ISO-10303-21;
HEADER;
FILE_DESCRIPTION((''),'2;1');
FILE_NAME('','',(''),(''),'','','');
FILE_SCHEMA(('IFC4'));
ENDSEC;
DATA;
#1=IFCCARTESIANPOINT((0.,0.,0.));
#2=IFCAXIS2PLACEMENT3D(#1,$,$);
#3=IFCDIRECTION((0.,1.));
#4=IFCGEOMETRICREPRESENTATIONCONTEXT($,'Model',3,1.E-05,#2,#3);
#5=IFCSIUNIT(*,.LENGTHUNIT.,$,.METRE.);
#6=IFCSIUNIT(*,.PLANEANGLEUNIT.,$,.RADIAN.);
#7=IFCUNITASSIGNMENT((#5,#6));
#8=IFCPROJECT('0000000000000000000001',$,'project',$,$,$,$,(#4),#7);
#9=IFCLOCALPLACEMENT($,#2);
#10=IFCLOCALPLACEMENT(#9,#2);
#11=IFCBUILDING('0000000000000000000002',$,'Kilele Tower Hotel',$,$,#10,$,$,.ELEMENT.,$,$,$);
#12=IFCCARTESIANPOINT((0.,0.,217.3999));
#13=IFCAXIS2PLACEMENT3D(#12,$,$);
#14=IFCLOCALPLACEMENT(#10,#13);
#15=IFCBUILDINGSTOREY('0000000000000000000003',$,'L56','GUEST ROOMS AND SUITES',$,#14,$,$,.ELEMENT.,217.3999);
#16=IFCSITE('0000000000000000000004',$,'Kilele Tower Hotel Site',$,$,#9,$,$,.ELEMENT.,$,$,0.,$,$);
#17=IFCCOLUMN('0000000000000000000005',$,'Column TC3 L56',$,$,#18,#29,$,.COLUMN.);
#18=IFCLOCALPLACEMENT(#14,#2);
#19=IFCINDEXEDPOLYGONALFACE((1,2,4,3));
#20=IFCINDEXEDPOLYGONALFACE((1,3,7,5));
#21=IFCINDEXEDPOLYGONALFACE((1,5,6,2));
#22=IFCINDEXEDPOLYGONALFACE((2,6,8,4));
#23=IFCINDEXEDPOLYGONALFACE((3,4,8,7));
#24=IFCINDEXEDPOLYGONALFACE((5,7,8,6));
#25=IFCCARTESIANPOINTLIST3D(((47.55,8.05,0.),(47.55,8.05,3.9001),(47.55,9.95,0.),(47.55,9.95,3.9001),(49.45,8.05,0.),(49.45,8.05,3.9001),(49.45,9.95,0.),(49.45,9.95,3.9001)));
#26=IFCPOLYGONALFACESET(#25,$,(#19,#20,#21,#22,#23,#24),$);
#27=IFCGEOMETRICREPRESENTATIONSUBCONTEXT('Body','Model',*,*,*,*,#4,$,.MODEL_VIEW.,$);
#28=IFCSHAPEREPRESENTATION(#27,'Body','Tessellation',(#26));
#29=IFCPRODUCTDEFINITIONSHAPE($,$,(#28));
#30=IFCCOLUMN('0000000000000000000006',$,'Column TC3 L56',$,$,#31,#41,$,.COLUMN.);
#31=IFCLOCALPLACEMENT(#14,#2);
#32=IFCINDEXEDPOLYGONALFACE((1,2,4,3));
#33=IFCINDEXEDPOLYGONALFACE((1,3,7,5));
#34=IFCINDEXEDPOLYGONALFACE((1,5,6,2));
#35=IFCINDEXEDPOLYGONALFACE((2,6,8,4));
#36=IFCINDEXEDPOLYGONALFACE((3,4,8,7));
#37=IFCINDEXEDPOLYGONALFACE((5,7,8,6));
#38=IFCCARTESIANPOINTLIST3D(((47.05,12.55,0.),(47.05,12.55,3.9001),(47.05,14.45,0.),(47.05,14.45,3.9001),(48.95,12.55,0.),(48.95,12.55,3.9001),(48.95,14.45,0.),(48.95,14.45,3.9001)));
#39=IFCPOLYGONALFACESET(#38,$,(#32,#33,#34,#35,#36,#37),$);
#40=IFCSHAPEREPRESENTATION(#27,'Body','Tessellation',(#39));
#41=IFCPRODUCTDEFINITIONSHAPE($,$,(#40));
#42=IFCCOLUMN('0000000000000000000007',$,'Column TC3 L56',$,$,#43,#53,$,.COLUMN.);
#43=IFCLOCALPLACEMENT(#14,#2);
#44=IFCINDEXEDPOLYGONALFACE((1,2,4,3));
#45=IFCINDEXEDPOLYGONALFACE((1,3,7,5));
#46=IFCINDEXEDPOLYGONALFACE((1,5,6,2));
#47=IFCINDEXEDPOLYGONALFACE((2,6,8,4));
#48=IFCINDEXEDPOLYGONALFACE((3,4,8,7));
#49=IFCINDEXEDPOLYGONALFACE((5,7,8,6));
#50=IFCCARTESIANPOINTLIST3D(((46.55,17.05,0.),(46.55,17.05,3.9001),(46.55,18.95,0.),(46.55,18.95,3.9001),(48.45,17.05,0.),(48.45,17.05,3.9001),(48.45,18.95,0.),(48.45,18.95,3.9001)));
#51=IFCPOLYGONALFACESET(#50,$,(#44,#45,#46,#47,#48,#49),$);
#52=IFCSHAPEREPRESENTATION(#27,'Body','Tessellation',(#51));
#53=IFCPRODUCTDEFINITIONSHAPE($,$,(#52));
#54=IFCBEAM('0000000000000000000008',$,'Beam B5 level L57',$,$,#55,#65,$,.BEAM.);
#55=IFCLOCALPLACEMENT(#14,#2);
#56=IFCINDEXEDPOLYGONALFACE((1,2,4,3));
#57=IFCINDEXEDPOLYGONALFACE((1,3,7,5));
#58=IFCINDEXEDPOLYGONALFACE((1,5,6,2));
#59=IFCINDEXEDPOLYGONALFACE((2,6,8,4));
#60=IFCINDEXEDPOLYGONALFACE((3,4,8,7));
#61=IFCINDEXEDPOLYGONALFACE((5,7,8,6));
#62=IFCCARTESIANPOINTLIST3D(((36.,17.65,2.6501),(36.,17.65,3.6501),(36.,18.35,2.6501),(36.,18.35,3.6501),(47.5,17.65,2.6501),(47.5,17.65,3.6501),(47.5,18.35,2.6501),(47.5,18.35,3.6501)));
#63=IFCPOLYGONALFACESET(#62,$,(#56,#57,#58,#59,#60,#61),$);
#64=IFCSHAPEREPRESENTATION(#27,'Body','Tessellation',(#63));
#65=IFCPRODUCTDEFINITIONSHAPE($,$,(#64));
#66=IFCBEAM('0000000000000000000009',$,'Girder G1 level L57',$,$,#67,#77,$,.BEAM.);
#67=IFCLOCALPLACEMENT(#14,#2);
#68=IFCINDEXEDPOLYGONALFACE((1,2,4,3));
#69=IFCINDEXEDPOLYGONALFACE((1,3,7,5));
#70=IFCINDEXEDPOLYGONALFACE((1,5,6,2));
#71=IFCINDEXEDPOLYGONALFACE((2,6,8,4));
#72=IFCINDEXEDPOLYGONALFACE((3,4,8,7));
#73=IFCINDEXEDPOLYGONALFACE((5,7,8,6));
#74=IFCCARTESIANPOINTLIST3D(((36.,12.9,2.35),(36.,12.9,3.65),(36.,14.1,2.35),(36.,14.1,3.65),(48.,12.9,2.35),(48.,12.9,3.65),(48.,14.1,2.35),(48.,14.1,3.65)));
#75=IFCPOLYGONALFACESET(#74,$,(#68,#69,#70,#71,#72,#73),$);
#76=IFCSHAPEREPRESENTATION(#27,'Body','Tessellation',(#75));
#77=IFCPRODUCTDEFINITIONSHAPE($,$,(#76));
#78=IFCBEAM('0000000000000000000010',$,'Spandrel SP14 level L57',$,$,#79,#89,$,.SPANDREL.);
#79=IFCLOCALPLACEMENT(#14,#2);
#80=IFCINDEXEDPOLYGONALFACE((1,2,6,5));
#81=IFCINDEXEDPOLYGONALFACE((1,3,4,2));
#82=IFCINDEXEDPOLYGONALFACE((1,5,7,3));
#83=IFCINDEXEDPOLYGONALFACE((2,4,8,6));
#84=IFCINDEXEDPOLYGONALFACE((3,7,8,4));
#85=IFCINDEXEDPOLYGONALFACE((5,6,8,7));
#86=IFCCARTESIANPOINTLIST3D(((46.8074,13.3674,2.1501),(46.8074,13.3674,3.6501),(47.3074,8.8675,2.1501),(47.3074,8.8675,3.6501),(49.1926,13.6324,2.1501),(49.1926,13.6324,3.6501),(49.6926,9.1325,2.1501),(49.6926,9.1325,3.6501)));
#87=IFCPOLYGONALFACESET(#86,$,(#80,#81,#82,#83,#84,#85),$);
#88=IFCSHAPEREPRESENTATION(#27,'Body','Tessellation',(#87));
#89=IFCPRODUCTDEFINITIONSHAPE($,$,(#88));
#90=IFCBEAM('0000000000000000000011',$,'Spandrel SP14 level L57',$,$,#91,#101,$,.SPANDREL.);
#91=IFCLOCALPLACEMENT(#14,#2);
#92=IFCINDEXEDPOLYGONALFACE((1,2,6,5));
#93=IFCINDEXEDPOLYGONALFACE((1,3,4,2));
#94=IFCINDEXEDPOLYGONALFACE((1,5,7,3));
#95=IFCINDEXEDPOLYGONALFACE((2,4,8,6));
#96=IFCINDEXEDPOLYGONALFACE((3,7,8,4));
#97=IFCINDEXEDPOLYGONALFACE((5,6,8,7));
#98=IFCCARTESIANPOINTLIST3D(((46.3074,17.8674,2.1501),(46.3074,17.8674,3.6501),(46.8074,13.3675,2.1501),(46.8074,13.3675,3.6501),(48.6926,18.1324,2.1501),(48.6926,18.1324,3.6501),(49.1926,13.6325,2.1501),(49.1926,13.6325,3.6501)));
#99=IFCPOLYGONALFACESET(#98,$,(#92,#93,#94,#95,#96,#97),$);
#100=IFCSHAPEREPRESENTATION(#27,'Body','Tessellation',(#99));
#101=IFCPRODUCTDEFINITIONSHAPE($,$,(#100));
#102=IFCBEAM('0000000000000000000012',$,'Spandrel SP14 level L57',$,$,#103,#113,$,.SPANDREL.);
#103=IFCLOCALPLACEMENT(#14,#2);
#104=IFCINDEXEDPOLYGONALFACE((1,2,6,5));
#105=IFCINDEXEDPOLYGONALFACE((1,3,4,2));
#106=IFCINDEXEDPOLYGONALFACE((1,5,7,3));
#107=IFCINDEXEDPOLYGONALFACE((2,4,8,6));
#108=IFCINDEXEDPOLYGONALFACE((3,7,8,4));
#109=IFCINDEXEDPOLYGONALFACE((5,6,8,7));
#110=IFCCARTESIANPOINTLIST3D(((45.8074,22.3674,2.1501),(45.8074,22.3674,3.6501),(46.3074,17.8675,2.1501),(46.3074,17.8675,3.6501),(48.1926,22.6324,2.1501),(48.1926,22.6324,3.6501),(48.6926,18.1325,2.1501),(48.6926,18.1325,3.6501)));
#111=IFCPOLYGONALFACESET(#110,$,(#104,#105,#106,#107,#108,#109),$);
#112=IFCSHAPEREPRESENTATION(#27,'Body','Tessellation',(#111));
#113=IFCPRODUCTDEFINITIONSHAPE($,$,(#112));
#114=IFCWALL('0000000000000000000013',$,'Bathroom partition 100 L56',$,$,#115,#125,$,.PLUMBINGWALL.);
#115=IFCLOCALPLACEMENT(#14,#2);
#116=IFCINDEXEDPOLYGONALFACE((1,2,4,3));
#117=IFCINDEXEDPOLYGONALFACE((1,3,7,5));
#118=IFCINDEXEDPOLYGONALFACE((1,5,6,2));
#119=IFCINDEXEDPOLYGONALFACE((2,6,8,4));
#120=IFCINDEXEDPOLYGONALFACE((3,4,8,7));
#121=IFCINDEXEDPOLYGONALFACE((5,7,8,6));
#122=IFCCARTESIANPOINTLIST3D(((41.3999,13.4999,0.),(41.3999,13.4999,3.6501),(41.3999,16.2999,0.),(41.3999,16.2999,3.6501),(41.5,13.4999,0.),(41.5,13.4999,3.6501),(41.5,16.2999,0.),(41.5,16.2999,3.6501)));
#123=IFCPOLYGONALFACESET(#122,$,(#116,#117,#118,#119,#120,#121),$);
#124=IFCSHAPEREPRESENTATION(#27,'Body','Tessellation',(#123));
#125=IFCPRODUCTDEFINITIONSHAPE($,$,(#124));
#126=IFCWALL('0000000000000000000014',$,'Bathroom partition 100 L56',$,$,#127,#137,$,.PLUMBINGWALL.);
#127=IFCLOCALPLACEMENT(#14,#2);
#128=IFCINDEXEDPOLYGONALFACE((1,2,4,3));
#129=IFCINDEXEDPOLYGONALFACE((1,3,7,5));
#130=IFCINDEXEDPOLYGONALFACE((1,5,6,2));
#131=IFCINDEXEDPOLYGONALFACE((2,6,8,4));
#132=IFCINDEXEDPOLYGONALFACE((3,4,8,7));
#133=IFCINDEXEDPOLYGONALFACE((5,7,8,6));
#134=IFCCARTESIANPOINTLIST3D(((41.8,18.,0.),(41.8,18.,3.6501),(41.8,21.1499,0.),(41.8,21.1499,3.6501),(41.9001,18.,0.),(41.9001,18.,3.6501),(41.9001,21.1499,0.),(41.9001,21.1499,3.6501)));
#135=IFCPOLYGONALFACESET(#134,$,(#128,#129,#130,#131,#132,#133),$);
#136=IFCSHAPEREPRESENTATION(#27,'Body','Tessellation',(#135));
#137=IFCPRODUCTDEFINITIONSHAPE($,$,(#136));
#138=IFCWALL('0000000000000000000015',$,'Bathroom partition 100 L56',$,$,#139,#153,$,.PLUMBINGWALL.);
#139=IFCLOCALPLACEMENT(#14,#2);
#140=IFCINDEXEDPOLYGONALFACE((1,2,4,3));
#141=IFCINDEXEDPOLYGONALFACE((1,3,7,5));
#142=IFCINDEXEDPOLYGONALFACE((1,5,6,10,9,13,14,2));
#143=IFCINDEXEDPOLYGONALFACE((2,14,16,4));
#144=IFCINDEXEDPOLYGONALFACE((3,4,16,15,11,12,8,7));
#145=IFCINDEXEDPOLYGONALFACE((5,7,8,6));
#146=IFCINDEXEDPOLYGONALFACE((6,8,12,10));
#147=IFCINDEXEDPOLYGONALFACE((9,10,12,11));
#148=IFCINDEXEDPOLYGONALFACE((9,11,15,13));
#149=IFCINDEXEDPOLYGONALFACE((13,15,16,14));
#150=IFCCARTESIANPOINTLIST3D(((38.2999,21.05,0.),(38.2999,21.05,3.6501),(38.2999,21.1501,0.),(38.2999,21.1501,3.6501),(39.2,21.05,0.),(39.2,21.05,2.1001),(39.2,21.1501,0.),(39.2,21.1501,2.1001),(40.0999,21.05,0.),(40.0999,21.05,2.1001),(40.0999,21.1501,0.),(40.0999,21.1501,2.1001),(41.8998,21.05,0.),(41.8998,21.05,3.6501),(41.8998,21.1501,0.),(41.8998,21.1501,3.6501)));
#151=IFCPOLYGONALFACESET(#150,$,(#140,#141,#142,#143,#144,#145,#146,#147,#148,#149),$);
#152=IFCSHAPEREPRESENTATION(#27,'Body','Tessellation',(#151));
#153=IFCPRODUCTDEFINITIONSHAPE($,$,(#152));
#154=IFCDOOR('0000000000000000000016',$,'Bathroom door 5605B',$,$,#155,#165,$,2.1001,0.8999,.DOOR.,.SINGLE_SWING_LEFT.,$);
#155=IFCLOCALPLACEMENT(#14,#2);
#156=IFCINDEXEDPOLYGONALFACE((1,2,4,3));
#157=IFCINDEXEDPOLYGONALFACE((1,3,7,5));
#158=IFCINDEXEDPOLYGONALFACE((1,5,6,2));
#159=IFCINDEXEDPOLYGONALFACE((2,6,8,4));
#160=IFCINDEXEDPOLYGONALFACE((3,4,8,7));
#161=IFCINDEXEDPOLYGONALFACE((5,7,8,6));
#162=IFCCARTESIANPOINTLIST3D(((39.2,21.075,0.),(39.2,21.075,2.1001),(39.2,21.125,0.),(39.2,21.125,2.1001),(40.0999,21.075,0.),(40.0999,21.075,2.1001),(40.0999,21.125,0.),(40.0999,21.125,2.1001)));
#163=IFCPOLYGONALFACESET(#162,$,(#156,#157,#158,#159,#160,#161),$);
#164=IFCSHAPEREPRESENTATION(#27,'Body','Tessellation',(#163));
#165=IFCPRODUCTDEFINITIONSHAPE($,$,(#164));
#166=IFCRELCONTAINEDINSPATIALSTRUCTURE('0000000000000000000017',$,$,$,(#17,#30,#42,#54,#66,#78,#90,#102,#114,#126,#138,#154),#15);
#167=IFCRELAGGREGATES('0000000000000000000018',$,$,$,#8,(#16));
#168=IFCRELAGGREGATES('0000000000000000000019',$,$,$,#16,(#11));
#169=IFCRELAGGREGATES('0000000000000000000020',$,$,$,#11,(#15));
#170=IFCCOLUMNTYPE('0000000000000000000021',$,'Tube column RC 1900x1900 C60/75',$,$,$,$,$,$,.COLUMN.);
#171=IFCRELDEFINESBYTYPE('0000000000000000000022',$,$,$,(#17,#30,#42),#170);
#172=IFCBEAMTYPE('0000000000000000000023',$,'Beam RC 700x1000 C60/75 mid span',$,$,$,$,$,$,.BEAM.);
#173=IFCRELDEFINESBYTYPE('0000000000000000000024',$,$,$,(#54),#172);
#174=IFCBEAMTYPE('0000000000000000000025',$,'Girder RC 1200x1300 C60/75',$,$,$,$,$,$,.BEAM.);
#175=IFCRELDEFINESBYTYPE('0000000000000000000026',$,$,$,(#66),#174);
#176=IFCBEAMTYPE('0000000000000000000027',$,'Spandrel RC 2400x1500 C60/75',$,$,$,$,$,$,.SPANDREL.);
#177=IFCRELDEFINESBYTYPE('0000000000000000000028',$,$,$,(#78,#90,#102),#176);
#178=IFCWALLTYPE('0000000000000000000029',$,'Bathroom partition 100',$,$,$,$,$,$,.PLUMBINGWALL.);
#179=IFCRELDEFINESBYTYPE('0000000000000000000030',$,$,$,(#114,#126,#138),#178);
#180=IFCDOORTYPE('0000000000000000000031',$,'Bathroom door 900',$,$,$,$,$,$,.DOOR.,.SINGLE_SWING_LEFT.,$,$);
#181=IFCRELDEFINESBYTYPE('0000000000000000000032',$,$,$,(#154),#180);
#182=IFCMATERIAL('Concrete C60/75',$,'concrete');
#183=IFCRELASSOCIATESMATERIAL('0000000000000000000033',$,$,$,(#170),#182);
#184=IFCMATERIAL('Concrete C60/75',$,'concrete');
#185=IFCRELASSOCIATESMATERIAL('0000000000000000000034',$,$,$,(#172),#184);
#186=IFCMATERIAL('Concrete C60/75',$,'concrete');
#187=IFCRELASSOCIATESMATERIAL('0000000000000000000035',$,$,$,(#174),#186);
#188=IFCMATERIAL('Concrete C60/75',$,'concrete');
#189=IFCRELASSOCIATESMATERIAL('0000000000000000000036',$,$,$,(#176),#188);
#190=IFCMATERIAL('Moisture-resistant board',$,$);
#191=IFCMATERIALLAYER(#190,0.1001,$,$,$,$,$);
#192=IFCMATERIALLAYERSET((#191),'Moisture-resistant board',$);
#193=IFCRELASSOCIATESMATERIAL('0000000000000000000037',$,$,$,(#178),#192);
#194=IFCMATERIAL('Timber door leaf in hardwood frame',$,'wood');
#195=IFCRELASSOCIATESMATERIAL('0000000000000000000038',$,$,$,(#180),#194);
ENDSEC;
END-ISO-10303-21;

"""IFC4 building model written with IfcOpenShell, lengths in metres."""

from ifc_helpers import new_model, si_unit, direction, frame, frame_2d, origin, origin_2d, place, context, subcontext, project, spatial, rectangle, extrude, material, layer, layer_set, material_profile, profile_set, type_object, element, fill, save


model = new_model("IFC4")

# Units and contexts
model_context = context("Model", 3, precision=1e-05, world=origin(), true_north=direction((0.0, 1.0)))
body_context = subcontext(model_context, "Body", "Model", "MODEL_VIEW")
ifc_project = project(units=[si_unit("LENGTHUNIT", "METRE"), si_unit("PLANEANGLEUNIT", "RADIAN")], contexts=[model_context])

# Site, building, storey
site_placement = place(None, origin())
site = spatial("IfcSite", under=ifc_project, at=site_placement, Name="Kilele Tower Hotel Site", CompositionType="ELEMENT", RefElevation=0.0)
building_placement = place(site_placement, origin())
building = spatial("IfcBuilding", under=site, at=building_placement, Name="Kilele Tower Hotel", CompositionType="ELEMENT")
storey_placement = place(building_placement, frame((0.0, 0.0, 217.3999)))
storey = spatial("IfcBuildingStorey", under=building, at=storey_placement, Name="L56", Description="GUEST ROOMS AND SUITES", CompositionType="ELEMENT", Elevation=217.3999)

# Columns
ifc_material_1 = material(Name="Concrete C60/75", Category="concrete")
ifc_material_profile_1 = material_profile(ifc_material_1, rectangle(XDim=1.8999, YDim=1.8999, at=origin_2d()))
ifc_profile_set_1 = profile_set([ifc_material_profile_1], Name="Concrete C60/75")
column_type = type_object("IfcColumnType", Name="Tube column RC 1900x1900 C60/75", PredefinedType="COLUMN", material=ifc_profile_set_1)
for number, where, z_axis, x_axis, name in (
    (1, (48.5, 9.0, 0.0), (0.0, 0.0, 1.0), (1.0, 0.0, 0.0), "Column TC3 L56"),
    (2, (48.0, 13.5, 0.0), (0.0, 0.0, 1.0), (1.0, 0.0, 0.0), "Column TC3 L56"),
    (3, (47.5, 18.0, 0.0), (0.0, 0.0, 1.0), (1.0, 0.0, 0.0), "Column TC3 L56"),
):
    element("IfcColumn", number, at=place(storey_placement, frame(where, z_axis=z_axis, x_axis=x_axis)), inside=storey, type_object=column_type, Name=name, PredefinedType="COLUMN", context=body_context, shape_type="SweptSolid", body=[
        extrude(rectangle(XDim=1.8999, YDim=1.8999, at=origin_2d()), origin(), (0.0, 0.0, 1.0), 3.9001),
    ])

# Beams
ifc_material_2 = material(Name="Concrete C60/75", Category="concrete")
ifc_material_profile_2 = material_profile(ifc_material_2, rectangle(XDim=0.7, YDim=1.0, at=origin_2d()))
ifc_profile_set_2 = profile_set([ifc_material_profile_2], Name="Concrete C60/75")
beam_type_1 = type_object("IfcBeamType", Name="Beam RC 700x1000 C60/75 mid span", PredefinedType="BEAM", material=ifc_profile_set_2)
beam_1_placement = place(storey_placement, frame((47.5, 18.0, 3.1501), z_axis=(-1.0, 0.0, 0.0), x_axis=(0.0, -1.0, 0.0)))
element("IfcBeam", 4, at=beam_1_placement, inside=storey, type_object=beam_type_1, Name="Beam B5 level L57", PredefinedType="BEAM", context=body_context, shape_type="SweptSolid", body=[
    extrude(rectangle(XDim=0.7, YDim=1.0, at=origin_2d()), origin(), (0.0, 0.0, 1.0), 11.5),
])
ifc_material_3 = material(Name="Concrete C60/75", Category="concrete")
ifc_material_profile_3 = material_profile(ifc_material_3, rectangle(XDim=1.2, YDim=1.3, at=origin_2d()))
ifc_profile_set_3 = profile_set([ifc_material_profile_3], Name="Concrete C60/75")
beam_type_2 = type_object("IfcBeamType", Name="Girder RC 1200x1300 C60/75", PredefinedType="BEAM", material=ifc_profile_set_3)
beam_2_placement = place(storey_placement, frame((48.0, 13.5, 3.0), z_axis=(-1.0, 0.0, 0.0), x_axis=(0.0, -1.0, 0.0)))
element("IfcBeam", 5, at=beam_2_placement, inside=storey, type_object=beam_type_2, Name="Girder G1 level L57", PredefinedType="BEAM", context=body_context, shape_type="SweptSolid", body=[
    extrude(rectangle(XDim=1.2, YDim=1.3, at=origin_2d()), origin(), (0.0, 0.0, 1.0), 12.0),
])
ifc_material_4 = material(Name="Concrete C60/75", Category="concrete")
ifc_material_profile_4 = material_profile(ifc_material_4, rectangle(XDim=2.3999, YDim=1.5, at=origin_2d()))
ifc_profile_set_4 = profile_set([ifc_material_profile_4], Name="Concrete C60/75")
beam_type_3 = type_object("IfcBeamType", Name="Spandrel RC 2400x1500 C60/75", PredefinedType="SPANDREL", material=ifc_profile_set_4)
for number, where, z_axis, x_axis, name in (
    (6, (48.5, 9.0, 2.9001), (-0.110432, 0.993884, 0.0), (-0.993884, -0.110432, 0.0), "Spandrel SP14 level L57"),
    (7, (48.0, 13.5, 2.9001), (-0.110432, 0.993884, 0.0), (-0.993884, -0.110432, 0.0), "Spandrel SP14 level L57"),
    (8, (47.5, 18.0, 2.9001), (-0.110432, 0.993884, 0.0), (-0.993884, -0.110432, 0.0), "Spandrel SP14 level L57"),
):
    element("IfcBeam", number, at=place(storey_placement, frame(where, z_axis=z_axis, x_axis=x_axis)), inside=storey, type_object=beam_type_3, Name=name, PredefinedType="SPANDREL", context=body_context, shape_type="SweptSolid", body=[
        extrude(rectangle(XDim=2.3999, YDim=1.5, at=origin_2d()), origin(), (0.0, 0.0, 1.0), 4.5276),
    ])

# Walls
ifc_material_5 = material(Name="Moisture-resistant board")
ifc_layer_1 = layer(ifc_material_5, 0.1001)
ifc_layer_set_1 = layer_set([ifc_layer_1], Name="Moisture-resistant board")
wall_type_1 = type_object("IfcWallType", Name="Bathroom partition 100", PredefinedType="PLUMBINGWALL", material=ifc_layer_set_1)
wall_1_placement = place(storey_placement, frame((41.45, 13.5, 0.0), z_axis=(0.0, 0.0, 1.0), x_axis=(0.0, 1.0, 0.0)))
element("IfcWall", 9, at=wall_1_placement, inside=storey, type_object=wall_type_1, Name="Bathroom partition 100 L56", PredefinedType="PLUMBINGWALL", context=body_context, shape_type="SweptSolid", body=[
    extrude(rectangle(XDim=2.8, YDim=0.1001, at=frame_2d((1.3999, 0.0))), origin(), (0.0, 0.0, 1.0), 3.6501),
])
wall_2_placement = place(storey_placement, frame((41.8501, 18.0, 0.0), z_axis=(0.0, 0.0, 1.0), x_axis=(0.0, 1.0, 0.0)))
element("IfcWall", 10, at=wall_2_placement, inside=storey, type_object=wall_type_1, Name="Bathroom partition 100 L56", PredefinedType="PLUMBINGWALL", context=body_context, shape_type="SweptSolid", body=[
    extrude(rectangle(XDim=3.1499, YDim=0.1001, at=frame_2d((1.575, 0.0))), origin(), (0.0, 0.0, 1.0), 3.6501),
])

# Wall, opening, door
wall_3_placement = place(storey_placement, frame((38.3, 21.1001, 0.0), z_axis=(0.0, 0.0, 1.0), x_axis=(1.0, 0.0, 0.0)))
wall_3 = element("IfcWall", 11, at=wall_3_placement, inside=storey, type_object=wall_type_1, Name="Bathroom partition 100 L56", PredefinedType="PLUMBINGWALL", context=body_context, shape_type="SweptSolid", body=[
    extrude(rectangle(XDim=3.5999, YDim=0.1001, at=frame_2d((1.7998, 0.0))), origin(), (0.0, 0.0, 1.0), 3.6501),
])
opening_1_placement = place(wall_3_placement, frame((0.8999, 0.0, 0.0)))
opening_1 = element("IfcOpeningElement", 12, at=opening_1_placement, cuts=wall_3, PredefinedType="OPENING", context=body_context, shape_type="SweptSolid", body=[
    extrude(rectangle(XDim=0.8999, YDim=2.1001, at=frame_2d((0.45, 1.05))), frame((0.0, 0.0601, 0.0), z_axis=(0.0, -1.0, 0.0), x_axis=(1.0, 0.0, 0.0)), (0.0, 0.0, 1.0), 0.1201),
])
ifc_material_6 = material(Name="Timber door leaf in hardwood frame", Category="wood")
door_type = type_object("IfcDoorType", Name="Bathroom door 900", OperationType="SINGLE_SWING_LEFT", PredefinedType="DOOR", material=ifc_material_6)
door_placement = place(opening_1_placement, origin())
door = element("IfcDoor", 13, at=door_placement, inside=storey, type_object=door_type, Name="Bathroom door 5605B", OperationType="SINGLE_SWING_LEFT", OverallHeight=2.1001, OverallWidth=0.8999, PredefinedType="DOOR", context=body_context, shape_type="SweptSolid", body=[
    extrude(rectangle(XDim=0.8999, YDim=2.1001, at=frame_2d((0.45, 1.05))), frame((0.0, 0.0249, 0.0), z_axis=(0.0, -1.0, 0.0), x_axis=(1.0, 0.0, 0.0)), (0.0, 0.0, 1.0), 0.05),
])
fill(opening_1, door)

save(model, "model.ifc")
